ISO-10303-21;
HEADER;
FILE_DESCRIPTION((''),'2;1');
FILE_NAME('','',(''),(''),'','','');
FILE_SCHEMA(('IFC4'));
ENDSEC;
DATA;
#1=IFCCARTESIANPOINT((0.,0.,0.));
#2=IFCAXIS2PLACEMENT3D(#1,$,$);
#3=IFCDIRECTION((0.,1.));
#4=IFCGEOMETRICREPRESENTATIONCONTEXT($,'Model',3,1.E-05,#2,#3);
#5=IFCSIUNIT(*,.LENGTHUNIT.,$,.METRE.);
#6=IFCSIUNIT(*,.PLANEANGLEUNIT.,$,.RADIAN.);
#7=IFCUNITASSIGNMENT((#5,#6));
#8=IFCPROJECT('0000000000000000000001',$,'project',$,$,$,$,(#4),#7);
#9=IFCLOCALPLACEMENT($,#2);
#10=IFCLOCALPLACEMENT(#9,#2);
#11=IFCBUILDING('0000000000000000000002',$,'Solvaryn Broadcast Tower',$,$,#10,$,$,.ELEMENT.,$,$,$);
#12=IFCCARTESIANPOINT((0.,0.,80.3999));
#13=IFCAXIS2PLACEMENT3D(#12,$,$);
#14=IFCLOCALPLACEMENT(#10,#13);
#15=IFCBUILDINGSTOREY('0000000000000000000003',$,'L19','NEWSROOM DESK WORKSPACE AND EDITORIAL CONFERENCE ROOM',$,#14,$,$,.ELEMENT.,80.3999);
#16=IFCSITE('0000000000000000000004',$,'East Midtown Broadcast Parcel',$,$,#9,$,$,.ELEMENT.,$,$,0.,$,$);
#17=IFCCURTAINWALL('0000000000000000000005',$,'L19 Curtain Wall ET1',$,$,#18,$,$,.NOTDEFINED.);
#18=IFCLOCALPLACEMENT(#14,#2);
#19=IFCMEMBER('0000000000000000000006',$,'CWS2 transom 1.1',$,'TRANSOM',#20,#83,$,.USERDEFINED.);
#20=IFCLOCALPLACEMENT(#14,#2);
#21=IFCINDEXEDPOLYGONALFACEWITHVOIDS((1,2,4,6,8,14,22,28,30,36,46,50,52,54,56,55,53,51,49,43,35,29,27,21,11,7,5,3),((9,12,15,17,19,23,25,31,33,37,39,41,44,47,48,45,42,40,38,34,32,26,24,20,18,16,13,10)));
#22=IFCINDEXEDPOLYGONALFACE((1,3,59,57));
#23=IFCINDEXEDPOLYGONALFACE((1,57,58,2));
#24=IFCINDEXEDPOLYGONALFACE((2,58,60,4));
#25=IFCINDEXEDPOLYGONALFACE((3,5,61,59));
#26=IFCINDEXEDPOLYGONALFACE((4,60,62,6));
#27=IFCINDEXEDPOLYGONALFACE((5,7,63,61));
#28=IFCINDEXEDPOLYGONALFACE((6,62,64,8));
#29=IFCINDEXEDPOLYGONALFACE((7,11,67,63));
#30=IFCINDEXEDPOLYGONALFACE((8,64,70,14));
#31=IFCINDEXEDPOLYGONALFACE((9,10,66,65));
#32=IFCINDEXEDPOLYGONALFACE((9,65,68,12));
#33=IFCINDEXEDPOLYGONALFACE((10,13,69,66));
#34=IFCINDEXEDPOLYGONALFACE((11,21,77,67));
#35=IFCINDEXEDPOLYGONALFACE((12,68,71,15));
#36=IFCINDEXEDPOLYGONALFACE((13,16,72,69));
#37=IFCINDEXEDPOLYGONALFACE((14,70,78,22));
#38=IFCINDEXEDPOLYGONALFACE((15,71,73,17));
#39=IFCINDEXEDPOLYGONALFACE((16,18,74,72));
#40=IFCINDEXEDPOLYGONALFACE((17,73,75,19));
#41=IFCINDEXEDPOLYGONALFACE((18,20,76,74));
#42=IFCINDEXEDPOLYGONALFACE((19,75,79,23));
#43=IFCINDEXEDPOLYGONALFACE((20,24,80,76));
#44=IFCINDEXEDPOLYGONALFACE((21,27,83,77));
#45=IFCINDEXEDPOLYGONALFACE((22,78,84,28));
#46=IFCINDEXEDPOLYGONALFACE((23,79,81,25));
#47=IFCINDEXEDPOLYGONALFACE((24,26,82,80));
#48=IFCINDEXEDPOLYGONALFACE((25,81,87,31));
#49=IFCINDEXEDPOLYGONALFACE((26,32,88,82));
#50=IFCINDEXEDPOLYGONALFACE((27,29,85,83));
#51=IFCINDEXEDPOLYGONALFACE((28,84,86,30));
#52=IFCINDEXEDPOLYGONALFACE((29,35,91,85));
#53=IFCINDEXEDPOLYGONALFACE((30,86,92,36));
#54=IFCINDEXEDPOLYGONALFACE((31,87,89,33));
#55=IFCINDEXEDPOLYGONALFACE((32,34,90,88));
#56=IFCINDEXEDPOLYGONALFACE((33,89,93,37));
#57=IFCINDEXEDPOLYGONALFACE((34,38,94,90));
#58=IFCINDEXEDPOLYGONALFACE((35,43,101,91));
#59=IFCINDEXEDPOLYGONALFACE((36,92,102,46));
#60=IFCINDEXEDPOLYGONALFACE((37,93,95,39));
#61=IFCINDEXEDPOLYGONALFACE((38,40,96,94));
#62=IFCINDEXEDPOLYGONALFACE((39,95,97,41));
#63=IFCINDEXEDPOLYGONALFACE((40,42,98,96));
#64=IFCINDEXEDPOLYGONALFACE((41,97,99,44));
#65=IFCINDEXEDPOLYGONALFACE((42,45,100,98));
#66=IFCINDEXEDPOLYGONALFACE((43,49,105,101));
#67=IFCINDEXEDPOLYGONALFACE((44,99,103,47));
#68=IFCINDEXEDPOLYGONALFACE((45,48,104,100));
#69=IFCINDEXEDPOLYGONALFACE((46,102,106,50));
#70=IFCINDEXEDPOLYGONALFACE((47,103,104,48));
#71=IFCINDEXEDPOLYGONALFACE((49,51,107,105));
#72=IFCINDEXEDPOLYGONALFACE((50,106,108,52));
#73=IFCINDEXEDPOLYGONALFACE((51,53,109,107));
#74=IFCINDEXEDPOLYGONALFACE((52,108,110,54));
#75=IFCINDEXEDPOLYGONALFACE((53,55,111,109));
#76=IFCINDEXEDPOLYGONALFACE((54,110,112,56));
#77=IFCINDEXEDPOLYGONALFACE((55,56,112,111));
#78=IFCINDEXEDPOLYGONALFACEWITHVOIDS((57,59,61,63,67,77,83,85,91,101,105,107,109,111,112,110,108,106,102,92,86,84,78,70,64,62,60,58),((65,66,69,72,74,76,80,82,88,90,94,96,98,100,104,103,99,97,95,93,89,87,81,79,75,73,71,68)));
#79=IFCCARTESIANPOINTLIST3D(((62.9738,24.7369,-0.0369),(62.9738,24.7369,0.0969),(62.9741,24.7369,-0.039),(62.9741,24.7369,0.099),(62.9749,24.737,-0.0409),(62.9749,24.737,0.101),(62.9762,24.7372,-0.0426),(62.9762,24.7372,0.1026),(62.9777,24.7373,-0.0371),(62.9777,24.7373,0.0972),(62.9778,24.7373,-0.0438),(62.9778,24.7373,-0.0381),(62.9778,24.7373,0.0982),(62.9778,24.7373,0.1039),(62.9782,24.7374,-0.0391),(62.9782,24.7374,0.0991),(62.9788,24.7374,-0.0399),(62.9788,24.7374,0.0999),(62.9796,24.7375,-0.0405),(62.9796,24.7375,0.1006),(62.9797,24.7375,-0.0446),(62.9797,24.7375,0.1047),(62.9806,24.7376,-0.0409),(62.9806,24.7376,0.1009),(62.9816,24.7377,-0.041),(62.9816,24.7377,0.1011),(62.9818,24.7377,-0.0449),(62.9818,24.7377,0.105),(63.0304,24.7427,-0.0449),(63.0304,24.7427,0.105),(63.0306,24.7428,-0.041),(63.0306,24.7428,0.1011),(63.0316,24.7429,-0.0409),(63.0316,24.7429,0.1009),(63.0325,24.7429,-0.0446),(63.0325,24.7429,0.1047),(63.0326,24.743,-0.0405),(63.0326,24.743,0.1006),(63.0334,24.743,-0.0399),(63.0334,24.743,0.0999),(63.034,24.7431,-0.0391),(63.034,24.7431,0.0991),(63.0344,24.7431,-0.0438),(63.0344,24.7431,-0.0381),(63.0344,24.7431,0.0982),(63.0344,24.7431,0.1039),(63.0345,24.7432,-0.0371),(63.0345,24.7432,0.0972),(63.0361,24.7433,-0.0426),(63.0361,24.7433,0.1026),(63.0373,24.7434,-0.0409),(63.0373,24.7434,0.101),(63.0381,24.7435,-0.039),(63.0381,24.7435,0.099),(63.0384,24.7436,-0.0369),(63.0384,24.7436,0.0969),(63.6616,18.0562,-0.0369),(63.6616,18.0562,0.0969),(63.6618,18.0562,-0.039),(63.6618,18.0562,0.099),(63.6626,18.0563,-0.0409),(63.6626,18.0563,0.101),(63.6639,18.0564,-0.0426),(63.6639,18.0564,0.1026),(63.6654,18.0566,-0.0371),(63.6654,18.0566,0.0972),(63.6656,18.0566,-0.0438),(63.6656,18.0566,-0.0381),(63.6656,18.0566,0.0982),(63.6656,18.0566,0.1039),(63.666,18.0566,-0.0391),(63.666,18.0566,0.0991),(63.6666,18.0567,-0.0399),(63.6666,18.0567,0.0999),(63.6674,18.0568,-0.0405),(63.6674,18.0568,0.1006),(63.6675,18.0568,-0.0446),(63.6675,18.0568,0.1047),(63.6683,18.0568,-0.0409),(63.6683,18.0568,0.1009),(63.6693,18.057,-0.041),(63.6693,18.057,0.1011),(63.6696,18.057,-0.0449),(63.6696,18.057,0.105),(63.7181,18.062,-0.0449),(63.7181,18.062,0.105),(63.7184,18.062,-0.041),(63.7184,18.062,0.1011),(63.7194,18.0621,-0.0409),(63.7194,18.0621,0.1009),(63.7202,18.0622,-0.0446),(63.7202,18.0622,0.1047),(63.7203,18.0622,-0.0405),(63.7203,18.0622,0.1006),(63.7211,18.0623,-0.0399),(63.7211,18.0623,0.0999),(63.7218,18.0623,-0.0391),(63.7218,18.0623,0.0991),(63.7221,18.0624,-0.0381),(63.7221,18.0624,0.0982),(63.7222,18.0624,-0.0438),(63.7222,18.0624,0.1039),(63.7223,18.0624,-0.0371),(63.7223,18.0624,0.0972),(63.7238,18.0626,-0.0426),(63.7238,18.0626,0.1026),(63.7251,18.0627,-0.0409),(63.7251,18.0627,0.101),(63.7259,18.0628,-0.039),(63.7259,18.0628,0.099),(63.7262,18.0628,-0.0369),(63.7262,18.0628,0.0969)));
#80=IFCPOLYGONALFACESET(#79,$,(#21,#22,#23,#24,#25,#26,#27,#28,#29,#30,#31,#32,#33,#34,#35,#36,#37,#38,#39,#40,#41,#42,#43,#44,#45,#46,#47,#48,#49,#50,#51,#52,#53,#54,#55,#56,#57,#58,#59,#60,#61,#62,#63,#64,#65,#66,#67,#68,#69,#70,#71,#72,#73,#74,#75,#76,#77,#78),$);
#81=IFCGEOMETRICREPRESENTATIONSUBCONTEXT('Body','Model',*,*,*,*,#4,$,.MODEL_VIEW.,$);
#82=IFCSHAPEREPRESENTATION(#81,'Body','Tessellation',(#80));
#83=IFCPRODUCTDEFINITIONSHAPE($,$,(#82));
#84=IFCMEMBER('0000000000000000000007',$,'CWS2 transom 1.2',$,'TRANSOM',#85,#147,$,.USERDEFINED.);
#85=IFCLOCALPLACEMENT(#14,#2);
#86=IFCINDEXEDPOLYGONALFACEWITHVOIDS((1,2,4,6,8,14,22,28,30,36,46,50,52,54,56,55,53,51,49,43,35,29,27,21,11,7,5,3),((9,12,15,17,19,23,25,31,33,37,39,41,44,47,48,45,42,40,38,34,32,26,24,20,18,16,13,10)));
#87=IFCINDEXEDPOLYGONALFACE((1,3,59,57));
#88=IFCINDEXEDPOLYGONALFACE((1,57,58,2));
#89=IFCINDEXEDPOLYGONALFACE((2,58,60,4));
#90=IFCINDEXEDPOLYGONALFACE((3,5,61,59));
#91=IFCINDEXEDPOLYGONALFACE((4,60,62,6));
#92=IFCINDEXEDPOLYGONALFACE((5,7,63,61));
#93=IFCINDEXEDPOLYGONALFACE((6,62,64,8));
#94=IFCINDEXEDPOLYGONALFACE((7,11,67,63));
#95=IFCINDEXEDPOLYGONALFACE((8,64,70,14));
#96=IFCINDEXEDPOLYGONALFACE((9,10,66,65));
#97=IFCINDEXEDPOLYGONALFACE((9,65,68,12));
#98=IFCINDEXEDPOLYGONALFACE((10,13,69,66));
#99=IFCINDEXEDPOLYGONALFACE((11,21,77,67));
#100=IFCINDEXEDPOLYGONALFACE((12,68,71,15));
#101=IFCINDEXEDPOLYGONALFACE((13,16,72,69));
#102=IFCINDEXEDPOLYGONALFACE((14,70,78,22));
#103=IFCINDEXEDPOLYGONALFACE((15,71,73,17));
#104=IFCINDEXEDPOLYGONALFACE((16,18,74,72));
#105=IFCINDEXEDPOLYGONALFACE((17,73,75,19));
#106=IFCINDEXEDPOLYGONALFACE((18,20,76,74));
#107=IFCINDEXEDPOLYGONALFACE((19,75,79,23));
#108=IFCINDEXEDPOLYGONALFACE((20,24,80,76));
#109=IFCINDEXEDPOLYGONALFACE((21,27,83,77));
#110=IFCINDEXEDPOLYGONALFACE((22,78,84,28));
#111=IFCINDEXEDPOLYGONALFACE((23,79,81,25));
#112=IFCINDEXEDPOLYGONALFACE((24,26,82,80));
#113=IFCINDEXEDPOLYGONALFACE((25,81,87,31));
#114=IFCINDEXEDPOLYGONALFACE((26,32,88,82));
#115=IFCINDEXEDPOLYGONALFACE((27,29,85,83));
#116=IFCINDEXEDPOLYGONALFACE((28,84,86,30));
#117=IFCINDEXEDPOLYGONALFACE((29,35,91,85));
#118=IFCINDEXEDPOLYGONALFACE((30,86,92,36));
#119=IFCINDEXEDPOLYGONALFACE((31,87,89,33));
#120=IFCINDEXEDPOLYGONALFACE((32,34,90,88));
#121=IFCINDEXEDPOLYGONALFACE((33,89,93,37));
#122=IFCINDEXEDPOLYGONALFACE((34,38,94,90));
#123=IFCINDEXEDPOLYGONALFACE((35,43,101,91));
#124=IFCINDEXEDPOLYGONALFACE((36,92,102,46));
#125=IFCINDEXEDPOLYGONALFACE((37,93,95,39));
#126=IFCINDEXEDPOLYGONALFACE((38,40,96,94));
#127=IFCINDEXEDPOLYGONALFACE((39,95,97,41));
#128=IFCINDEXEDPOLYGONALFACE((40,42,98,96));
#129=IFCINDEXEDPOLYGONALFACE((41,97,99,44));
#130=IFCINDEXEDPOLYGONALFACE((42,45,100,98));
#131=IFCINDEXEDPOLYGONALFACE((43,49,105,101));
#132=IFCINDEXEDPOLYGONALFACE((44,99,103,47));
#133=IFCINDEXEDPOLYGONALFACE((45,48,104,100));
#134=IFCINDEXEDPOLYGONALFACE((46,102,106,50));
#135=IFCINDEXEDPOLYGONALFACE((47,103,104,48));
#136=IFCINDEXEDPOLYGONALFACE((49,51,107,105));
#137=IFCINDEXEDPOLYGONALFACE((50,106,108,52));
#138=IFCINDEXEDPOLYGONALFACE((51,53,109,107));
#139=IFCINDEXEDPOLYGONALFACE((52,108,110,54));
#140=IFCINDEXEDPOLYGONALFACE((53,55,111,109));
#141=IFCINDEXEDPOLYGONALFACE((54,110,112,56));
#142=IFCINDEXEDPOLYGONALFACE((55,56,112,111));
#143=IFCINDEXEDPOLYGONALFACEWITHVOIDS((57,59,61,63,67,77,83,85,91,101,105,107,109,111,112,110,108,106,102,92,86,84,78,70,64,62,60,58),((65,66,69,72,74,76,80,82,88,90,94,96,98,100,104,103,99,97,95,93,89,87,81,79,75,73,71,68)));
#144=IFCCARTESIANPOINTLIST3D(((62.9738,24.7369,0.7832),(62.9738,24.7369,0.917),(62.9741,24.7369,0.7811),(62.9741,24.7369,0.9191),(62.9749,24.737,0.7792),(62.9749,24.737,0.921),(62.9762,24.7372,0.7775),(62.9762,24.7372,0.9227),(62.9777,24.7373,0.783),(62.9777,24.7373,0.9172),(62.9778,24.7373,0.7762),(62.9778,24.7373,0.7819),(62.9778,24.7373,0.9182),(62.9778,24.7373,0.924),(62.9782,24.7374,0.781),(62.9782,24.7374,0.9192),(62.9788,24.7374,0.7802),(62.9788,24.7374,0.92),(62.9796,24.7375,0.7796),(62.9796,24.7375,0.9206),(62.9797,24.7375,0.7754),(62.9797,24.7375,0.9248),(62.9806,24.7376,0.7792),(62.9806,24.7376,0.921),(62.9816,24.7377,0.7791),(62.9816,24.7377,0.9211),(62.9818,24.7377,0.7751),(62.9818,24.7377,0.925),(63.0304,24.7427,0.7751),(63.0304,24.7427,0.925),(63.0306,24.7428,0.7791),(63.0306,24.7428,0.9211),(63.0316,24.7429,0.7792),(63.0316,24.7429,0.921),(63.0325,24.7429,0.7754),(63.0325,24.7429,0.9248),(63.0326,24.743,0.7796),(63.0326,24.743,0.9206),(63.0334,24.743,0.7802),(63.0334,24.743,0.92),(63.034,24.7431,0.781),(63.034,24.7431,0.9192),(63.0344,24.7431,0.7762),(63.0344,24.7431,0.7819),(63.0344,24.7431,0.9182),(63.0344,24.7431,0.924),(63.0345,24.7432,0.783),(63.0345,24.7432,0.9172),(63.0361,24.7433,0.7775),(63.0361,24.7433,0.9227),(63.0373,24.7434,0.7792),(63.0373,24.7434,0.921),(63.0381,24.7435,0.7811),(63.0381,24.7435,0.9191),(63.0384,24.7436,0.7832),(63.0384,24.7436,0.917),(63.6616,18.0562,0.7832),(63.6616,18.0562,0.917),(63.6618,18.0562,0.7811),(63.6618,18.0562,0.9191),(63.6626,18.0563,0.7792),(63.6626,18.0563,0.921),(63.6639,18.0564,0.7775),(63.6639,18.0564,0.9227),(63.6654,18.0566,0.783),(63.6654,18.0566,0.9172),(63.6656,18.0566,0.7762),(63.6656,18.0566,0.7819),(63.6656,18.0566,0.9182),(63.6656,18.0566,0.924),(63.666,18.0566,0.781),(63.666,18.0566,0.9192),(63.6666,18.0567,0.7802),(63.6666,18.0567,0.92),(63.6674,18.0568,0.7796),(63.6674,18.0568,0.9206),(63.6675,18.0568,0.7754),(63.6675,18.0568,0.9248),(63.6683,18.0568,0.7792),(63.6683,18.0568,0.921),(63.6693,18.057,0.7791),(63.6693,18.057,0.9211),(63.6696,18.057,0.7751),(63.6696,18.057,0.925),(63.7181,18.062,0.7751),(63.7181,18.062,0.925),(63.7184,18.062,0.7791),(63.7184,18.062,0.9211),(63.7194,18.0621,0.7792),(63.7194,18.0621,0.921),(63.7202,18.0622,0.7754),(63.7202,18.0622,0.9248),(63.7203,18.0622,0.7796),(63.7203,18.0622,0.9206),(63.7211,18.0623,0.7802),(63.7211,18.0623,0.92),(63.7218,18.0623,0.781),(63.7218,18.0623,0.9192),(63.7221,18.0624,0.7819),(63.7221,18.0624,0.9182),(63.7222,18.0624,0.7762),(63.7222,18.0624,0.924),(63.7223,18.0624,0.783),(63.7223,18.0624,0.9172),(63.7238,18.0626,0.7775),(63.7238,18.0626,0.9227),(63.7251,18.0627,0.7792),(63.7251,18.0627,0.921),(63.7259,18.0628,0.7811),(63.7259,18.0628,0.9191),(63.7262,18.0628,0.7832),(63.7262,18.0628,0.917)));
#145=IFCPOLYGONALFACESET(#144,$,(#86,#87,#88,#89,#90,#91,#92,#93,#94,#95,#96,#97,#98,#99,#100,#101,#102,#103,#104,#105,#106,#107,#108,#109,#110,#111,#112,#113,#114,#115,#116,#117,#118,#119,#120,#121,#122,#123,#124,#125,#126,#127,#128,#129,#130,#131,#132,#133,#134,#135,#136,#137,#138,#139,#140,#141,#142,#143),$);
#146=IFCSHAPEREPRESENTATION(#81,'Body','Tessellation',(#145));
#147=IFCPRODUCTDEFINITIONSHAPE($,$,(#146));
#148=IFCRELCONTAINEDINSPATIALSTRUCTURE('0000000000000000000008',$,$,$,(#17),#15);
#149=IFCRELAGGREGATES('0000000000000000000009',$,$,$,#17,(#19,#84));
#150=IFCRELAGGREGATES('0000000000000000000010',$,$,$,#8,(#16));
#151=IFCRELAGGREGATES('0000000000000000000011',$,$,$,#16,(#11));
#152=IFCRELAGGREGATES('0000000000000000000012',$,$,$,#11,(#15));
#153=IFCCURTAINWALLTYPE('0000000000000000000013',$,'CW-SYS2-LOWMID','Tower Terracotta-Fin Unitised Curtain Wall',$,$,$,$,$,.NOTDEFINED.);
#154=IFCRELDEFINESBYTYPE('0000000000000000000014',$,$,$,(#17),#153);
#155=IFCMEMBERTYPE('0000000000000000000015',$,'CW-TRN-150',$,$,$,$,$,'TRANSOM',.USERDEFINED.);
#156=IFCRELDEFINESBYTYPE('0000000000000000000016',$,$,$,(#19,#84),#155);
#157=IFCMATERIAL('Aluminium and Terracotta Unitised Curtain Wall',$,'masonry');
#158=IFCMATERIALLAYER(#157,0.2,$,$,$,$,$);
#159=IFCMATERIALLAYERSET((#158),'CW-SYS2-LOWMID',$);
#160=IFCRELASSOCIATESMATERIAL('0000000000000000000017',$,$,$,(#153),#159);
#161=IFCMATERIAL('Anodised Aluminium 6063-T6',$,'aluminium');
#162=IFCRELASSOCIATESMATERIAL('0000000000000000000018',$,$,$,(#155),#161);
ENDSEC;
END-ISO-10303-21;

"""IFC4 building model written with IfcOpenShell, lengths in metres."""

from ifc_helpers import new_model, si_unit, direction, frame, origin, origin_2d, place, context, subcontext, project, spatial, hollow_rectangle, extrude, material, layer, layer_set, material_profile, profile_set, type_object, element, aggregate, save


model = new_model("IFC4")

# Units and contexts
model_context = context("Model", 3, precision=1e-05, world=origin(), true_north=direction((0.0, 1.0)))
body_context = subcontext(model_context, "Body", "Model", "MODEL_VIEW")
ifc_project = project(units=[si_unit("LENGTHUNIT", "METRE"), si_unit("PLANEANGLEUNIT", "RADIAN")], contexts=[model_context])

# Site, building, storey
site_placement = place(None, origin())
site = spatial("IfcSite", under=ifc_project, at=site_placement, Name="East Midtown Broadcast Parcel", CompositionType="ELEMENT", RefElevation=0.0)
building_placement = place(site_placement, origin())
building = spatial("IfcBuilding", under=site, at=building_placement, Name="Solvaryn Broadcast Tower", CompositionType="ELEMENT")
storey_placement = place(building_placement, frame((0.0, 0.0, 80.3999)))
storey = spatial("IfcBuildingStorey", under=building, at=storey_placement, Name="L19", Description="NEWSROOM DESK WORKSPACE AND EDITORIAL CONFERENCE ROOM", CompositionType="ELEMENT", Elevation=80.3999)

# Curtain wall
ifc_material_1 = material(Name="Aluminium and Terracotta Unitised Curtain Wall", Category="masonry")
ifc_layer_1 = layer(ifc_material_1, 0.2)
ifc_layer_set_1 = layer_set([ifc_layer_1], Name="CW-SYS2-LOWMID")
curtain_wall_type = type_object("IfcCurtainWallType", Name="CW-SYS2-LOWMID", Description="Tower Terracotta-Fin Unitised Curtain Wall", PredefinedType="NOTDEFINED", material=ifc_layer_set_1)
curtain_wall_1_placement = place(storey_placement, origin())
curtain_wall_1 = element("IfcCurtainWall", 1, at=curtain_wall_1_placement, inside=storey, type_object=curtain_wall_type, Name="L19 Curtain Wall ET1", PredefinedType="NOTDEFINED")

# Members
ifc_material_2 = material(Name="Anodised Aluminium 6063-T6", Category="aluminium")
ifc_material_profile_1 = material_profile(ifc_material_2, hollow_rectangle(XDim=0.0649, YDim=0.1499, WallThickness=0.0039, InnerFilletRadius=0.0039, OuterFilletRadius=0.0081, at=origin_2d()))
ifc_profile_set_1 = profile_set([ifc_material_profile_1], Name="Anodised Aluminium 6063-T6")
member_type_1 = type_object("IfcMemberType", Name="CW-TRN-150", ElementType="TRANSOM", PredefinedType="USERDEFINED", material=ifc_profile_set_1)
member_1_placement = place(storey_placement, frame((63.0061, 24.7402, 0.03), z_axis=(0.102404, -0.994743, 0.0), x_axis=(0.994743, 0.102404, 0.0)))
member_1 = element("IfcMember", 2, at=member_1_placement, type_object=member_type_1, Name="CWS2 transom 1.1", ObjectType="TRANSOM", PredefinedType="USERDEFINED", context=body_context, shape_type="SweptSolid", body=[
    extrude(hollow_rectangle(XDim=0.0649, YDim=0.1499, WallThickness=0.0039, InnerFilletRadius=0.0039, OuterFilletRadius=0.0081, at=origin_2d()), origin(), (0.0, 0.0, 1.0), 6.7161),
])
member_2_placement = place(storey_placement, frame((63.0061, 24.7402, 0.8501), z_axis=(0.102404, -0.994743, 0.0), x_axis=(0.994743, 0.102404, 0.0)))
member_2 = element("IfcMember", 3, at=member_2_placement, type_object=member_type_1, Name="CWS2 transom 1.2", ObjectType="TRANSOM", PredefinedType="USERDEFINED", context=body_context, shape_type="SweptSolid", body=[
    extrude(hollow_rectangle(XDim=0.0649, YDim=0.1499, WallThickness=0.0039, InnerFilletRadius=0.0039, OuterFilletRadius=0.0081, at=origin_2d()), origin(), (0.0, 0.0, 1.0), 6.7161),
])

aggregate(curtain_wall_1, [member_1, member_2])

save(model, "model.ifc")
